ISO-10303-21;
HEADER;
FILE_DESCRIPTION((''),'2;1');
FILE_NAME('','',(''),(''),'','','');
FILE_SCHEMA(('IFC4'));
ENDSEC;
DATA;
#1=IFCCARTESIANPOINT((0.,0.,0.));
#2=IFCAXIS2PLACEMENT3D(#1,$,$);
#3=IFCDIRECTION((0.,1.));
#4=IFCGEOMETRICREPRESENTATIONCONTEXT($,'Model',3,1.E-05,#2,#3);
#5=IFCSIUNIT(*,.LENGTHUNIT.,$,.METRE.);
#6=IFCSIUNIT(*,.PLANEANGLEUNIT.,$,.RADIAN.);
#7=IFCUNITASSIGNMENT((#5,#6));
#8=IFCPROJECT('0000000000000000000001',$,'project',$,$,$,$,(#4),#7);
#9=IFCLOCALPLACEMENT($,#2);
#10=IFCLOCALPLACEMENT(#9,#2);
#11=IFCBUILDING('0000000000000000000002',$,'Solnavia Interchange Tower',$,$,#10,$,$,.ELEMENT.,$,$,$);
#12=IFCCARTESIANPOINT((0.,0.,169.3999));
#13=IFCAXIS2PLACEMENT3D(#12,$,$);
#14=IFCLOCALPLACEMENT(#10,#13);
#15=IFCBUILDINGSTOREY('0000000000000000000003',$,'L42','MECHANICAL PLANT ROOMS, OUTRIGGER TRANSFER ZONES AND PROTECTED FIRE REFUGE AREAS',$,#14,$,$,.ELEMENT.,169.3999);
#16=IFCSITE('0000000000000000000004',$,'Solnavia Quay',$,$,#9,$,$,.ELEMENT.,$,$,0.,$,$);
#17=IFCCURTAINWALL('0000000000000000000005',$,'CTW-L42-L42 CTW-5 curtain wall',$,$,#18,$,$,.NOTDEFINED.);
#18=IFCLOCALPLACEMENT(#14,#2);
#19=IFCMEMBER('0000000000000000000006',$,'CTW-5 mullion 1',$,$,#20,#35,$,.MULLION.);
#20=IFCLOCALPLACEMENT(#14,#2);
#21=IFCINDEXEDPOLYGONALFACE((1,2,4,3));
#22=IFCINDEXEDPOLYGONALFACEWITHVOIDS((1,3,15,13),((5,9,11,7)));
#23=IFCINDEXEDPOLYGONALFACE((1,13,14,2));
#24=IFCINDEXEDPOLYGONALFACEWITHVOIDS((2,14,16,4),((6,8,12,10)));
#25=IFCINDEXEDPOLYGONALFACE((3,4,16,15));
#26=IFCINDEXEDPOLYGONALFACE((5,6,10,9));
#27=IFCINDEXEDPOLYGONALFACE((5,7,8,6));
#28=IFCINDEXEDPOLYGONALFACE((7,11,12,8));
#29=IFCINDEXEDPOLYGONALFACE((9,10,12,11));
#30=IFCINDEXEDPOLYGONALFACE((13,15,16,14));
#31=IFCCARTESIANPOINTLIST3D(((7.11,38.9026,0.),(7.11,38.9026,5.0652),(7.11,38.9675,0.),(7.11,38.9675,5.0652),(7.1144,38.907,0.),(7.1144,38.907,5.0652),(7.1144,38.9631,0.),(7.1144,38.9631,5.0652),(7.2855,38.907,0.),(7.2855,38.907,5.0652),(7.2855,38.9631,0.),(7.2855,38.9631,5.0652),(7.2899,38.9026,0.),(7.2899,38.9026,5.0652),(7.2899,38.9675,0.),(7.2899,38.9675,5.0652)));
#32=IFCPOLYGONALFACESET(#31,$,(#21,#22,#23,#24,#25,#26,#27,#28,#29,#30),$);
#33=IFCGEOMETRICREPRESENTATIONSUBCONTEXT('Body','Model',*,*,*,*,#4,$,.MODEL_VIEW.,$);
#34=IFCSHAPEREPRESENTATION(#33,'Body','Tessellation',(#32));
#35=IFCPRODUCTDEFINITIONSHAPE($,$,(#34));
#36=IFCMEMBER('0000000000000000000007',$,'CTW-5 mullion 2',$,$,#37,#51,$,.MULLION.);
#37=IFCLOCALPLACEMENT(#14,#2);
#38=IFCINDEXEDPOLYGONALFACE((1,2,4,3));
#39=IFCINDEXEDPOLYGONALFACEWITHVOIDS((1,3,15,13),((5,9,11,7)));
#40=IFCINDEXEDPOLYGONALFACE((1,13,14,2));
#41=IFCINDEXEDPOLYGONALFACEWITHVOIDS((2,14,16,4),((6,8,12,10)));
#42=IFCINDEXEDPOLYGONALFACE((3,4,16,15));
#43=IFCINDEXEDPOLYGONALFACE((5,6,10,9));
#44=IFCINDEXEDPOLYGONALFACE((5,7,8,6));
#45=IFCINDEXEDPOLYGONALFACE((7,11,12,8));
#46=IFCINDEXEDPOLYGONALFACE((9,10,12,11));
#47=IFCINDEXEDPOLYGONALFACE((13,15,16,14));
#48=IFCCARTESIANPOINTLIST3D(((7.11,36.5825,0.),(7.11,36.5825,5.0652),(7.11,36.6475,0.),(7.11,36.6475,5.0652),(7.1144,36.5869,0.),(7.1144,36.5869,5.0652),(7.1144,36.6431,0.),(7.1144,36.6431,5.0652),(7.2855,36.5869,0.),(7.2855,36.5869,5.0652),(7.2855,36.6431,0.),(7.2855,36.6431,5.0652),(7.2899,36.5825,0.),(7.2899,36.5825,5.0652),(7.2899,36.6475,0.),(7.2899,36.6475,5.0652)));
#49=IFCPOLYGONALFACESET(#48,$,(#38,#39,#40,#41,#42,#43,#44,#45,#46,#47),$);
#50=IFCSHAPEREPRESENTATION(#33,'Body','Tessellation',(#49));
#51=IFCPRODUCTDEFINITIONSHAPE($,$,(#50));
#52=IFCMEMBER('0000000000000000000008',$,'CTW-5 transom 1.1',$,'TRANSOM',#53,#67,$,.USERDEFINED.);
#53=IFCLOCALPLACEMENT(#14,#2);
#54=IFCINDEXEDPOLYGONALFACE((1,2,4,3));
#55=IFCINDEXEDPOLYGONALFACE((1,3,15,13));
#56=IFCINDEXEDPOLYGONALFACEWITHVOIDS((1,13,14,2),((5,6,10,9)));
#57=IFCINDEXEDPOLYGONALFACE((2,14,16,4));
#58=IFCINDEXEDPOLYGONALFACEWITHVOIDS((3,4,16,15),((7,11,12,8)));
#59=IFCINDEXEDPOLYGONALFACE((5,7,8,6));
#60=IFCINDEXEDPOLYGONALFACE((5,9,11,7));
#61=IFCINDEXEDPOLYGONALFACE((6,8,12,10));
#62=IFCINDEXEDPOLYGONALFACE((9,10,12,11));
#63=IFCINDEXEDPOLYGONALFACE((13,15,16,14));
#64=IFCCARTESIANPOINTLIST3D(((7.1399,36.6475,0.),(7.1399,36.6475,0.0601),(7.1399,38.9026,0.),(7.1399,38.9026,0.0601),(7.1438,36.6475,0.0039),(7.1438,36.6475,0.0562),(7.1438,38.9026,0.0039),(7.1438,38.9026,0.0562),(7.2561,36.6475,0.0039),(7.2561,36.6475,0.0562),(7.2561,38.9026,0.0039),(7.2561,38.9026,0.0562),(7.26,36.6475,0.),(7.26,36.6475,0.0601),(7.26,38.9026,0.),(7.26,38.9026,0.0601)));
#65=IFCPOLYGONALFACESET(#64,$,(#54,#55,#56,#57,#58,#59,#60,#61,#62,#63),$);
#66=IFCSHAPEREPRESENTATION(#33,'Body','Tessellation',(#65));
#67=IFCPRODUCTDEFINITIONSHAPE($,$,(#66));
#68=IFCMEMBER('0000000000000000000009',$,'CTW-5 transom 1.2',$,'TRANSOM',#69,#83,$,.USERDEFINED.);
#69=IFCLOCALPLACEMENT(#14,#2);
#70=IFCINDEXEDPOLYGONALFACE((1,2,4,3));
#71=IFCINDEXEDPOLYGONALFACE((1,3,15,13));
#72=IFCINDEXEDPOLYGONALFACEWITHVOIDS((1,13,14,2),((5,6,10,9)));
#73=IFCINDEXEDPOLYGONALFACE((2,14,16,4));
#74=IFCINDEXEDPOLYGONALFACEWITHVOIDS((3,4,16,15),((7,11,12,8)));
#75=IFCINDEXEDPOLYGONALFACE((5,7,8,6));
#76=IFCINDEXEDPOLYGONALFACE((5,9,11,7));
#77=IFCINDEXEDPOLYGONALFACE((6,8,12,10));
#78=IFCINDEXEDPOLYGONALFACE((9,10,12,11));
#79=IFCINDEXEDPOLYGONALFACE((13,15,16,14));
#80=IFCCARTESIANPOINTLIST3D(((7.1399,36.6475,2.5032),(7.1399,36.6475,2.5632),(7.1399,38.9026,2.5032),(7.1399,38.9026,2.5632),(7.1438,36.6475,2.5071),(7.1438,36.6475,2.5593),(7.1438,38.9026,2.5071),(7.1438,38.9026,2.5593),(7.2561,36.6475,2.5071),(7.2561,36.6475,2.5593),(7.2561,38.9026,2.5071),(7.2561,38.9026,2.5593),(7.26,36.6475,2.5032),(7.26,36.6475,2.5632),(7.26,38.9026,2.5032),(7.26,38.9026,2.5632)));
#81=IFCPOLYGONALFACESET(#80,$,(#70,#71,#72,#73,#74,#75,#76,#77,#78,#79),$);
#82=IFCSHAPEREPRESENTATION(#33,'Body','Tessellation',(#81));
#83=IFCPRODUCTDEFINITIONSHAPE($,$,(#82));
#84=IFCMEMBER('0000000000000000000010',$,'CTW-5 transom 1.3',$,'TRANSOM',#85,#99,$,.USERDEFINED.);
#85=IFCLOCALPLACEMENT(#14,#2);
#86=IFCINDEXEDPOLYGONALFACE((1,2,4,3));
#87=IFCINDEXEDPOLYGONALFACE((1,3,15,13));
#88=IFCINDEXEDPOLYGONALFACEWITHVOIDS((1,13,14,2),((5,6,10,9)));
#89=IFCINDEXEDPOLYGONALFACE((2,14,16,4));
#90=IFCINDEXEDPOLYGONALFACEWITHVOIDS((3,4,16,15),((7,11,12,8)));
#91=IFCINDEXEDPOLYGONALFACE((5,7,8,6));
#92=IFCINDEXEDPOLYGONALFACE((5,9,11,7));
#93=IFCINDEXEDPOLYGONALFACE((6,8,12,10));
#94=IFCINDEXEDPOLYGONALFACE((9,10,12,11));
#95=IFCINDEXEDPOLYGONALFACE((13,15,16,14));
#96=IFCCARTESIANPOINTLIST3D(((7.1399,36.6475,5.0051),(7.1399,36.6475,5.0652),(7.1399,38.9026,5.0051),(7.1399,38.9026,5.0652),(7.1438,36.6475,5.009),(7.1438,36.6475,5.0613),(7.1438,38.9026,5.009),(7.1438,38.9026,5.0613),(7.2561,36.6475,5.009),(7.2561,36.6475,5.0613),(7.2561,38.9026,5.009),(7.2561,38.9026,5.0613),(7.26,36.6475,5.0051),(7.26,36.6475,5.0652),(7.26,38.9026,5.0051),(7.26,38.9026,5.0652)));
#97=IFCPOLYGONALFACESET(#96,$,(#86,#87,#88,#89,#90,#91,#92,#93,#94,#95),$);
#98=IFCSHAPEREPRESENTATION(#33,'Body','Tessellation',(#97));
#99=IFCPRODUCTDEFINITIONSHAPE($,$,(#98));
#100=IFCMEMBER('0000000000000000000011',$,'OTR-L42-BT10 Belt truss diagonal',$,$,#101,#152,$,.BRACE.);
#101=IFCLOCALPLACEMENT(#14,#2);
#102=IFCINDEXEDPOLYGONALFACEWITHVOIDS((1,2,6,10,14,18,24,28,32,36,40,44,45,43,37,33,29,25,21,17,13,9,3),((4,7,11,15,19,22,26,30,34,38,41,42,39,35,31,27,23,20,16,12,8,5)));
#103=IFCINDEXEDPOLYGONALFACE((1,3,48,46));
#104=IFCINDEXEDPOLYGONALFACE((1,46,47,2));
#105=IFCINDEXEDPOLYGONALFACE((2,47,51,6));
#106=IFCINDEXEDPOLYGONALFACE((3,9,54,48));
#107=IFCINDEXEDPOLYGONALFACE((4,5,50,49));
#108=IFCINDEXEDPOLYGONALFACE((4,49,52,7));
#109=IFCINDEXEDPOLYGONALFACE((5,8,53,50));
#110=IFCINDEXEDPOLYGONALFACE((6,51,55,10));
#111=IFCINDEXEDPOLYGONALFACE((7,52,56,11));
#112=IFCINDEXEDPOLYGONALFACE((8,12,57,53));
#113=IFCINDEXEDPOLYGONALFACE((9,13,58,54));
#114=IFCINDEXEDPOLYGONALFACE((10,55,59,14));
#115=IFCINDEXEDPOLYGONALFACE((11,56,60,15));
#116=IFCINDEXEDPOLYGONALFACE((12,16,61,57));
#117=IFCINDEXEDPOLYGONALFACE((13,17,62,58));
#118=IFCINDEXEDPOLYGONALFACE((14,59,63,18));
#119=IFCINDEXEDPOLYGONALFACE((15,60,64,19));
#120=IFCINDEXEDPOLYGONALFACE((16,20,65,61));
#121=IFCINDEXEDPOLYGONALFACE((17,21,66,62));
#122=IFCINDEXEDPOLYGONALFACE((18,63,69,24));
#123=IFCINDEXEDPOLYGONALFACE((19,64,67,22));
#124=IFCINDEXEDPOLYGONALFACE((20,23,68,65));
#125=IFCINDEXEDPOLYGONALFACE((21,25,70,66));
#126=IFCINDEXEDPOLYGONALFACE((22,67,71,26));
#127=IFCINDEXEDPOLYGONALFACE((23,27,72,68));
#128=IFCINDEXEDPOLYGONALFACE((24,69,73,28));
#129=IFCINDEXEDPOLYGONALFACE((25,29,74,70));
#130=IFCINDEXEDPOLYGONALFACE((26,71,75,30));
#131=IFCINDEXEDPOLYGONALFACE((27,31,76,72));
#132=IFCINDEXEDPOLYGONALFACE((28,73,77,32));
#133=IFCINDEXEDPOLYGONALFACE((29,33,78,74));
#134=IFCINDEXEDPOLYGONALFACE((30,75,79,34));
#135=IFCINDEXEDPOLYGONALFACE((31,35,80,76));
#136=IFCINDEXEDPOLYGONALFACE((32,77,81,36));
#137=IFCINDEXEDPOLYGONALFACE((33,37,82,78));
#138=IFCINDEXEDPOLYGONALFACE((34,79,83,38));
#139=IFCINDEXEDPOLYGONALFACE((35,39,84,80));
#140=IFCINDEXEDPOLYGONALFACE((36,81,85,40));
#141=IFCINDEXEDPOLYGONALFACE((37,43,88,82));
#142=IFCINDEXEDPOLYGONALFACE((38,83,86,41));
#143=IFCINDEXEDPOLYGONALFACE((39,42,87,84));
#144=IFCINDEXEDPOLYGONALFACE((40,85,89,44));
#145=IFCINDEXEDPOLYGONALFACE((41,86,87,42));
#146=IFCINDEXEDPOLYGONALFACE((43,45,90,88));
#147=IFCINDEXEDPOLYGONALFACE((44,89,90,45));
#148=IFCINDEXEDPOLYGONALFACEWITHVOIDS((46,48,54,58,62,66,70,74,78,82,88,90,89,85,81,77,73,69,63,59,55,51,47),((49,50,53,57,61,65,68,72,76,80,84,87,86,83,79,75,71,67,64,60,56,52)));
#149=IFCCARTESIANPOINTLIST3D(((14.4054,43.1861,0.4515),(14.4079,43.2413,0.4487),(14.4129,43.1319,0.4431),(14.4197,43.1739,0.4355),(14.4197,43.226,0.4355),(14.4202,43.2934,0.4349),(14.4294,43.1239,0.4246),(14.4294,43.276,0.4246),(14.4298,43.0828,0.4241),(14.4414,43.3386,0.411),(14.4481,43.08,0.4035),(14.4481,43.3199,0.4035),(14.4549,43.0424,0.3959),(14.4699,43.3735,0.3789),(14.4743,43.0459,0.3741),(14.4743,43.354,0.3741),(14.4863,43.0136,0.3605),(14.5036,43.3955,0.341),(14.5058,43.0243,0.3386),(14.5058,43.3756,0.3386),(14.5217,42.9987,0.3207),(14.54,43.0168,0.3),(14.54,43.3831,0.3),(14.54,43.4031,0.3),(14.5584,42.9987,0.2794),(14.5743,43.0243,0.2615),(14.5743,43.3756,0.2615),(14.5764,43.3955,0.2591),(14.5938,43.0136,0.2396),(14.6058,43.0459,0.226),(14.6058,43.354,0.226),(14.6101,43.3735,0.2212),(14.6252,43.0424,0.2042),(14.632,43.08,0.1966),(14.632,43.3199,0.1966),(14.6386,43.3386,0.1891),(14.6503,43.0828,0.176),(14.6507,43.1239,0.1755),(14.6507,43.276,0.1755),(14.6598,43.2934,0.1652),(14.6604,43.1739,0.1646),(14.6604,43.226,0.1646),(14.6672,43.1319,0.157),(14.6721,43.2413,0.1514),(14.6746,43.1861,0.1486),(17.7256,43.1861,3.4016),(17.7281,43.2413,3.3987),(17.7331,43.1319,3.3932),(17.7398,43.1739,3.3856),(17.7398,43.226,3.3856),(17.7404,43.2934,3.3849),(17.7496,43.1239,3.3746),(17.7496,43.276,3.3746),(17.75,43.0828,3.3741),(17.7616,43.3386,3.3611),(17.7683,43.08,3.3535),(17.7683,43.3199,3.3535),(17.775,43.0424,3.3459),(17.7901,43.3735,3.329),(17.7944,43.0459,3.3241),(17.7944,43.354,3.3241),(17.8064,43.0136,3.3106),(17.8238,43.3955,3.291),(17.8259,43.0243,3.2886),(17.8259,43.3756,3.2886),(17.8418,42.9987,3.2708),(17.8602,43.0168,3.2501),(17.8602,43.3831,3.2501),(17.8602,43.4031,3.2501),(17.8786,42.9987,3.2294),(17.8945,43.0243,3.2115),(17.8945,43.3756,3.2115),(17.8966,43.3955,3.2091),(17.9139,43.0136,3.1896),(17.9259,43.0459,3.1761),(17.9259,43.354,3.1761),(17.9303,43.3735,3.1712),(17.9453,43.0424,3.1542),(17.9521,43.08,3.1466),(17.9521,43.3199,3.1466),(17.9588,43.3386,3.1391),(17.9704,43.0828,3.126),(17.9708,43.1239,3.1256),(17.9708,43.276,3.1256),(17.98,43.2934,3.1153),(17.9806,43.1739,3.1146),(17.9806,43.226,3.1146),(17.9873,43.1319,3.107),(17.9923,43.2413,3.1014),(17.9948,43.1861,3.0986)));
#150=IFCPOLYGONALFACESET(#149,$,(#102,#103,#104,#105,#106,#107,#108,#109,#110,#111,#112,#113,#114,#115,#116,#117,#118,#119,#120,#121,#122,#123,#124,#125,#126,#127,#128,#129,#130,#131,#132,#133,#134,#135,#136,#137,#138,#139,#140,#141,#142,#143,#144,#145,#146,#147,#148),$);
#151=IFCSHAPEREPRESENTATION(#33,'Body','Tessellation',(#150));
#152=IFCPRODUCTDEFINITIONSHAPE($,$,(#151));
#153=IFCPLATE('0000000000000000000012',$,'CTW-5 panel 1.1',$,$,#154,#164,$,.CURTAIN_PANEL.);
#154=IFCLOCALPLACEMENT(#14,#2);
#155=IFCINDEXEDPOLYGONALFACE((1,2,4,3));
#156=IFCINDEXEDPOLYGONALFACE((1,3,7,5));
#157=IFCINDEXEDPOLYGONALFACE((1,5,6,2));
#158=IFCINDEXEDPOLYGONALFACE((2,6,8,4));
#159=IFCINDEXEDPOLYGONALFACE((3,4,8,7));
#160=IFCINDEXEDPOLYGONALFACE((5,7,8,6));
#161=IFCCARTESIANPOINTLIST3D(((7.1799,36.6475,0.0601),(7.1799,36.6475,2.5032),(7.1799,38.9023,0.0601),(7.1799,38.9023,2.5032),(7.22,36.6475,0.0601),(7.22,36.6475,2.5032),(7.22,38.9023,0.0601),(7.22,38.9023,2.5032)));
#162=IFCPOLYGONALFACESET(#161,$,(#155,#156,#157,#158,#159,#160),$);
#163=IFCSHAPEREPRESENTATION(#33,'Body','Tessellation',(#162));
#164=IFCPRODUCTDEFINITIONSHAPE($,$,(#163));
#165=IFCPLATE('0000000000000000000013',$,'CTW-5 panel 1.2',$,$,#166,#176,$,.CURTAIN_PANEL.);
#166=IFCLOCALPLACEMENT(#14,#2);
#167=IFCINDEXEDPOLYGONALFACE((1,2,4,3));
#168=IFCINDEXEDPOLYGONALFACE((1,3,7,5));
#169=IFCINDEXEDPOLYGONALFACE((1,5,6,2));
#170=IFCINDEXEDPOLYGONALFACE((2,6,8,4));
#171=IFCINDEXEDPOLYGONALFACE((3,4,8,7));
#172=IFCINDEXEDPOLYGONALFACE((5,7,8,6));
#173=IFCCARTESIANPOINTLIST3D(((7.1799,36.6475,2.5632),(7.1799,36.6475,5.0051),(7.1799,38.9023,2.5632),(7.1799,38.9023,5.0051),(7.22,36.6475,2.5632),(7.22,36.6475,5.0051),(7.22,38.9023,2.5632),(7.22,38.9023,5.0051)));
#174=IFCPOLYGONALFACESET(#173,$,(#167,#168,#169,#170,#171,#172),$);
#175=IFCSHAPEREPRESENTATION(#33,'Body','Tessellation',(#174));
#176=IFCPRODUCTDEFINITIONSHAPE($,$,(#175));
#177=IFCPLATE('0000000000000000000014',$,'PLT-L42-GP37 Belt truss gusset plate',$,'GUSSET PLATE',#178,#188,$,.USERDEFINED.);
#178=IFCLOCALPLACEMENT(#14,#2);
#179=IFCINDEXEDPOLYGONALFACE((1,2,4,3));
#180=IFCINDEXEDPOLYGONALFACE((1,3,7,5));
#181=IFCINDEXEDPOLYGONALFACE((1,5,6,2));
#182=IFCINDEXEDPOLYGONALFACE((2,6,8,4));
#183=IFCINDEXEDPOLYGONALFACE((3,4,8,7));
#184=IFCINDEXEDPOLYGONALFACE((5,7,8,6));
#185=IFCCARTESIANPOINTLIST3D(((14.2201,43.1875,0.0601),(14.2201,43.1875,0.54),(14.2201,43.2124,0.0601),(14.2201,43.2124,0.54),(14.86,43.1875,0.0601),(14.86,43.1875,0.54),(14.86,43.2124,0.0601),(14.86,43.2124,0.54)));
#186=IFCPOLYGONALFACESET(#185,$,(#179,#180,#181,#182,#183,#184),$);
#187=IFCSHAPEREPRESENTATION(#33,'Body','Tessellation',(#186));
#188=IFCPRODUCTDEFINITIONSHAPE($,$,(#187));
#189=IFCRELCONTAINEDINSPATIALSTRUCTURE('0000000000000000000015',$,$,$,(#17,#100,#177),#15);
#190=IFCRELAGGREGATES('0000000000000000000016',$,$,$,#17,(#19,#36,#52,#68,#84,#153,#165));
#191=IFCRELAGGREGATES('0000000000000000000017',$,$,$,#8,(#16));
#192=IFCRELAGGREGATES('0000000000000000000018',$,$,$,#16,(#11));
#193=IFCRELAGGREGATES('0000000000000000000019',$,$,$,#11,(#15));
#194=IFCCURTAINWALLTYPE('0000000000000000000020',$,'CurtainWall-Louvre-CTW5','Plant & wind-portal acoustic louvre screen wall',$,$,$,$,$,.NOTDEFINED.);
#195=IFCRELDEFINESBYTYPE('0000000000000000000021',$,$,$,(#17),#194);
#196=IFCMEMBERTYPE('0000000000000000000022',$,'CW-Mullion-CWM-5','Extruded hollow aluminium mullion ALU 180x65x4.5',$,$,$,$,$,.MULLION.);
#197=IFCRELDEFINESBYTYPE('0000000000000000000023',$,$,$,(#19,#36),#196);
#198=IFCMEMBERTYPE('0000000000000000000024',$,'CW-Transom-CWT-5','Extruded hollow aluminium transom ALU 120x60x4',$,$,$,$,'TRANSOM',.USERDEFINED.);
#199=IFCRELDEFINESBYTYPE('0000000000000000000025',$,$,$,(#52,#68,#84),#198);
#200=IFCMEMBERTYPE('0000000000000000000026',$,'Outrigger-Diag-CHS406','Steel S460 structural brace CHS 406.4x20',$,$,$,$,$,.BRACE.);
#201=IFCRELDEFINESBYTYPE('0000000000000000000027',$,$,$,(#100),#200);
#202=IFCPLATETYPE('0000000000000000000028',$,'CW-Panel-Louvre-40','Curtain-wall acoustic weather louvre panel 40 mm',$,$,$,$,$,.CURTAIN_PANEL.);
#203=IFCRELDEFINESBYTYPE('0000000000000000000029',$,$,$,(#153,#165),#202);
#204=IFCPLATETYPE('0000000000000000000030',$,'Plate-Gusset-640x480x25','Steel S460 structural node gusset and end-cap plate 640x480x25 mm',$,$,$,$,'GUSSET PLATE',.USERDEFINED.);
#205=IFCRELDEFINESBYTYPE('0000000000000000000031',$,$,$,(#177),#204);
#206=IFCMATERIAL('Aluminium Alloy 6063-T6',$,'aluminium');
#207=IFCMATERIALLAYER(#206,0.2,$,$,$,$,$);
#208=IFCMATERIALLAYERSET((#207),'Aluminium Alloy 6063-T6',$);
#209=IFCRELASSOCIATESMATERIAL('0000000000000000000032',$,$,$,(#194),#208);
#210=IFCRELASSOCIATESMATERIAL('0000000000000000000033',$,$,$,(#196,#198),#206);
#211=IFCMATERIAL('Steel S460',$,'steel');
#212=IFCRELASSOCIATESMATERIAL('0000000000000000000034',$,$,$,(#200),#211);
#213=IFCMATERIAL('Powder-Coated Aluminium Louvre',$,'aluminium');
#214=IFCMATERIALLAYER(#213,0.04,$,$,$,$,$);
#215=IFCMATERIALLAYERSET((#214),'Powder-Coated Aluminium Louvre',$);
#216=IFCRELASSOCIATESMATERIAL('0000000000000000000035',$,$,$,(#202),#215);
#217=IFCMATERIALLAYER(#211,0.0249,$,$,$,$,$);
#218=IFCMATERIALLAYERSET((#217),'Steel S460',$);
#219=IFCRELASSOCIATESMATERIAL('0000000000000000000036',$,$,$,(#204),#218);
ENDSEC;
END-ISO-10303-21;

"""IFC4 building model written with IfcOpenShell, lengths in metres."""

from ifc_helpers import new_model, si_unit, direction, frame, origin, origin_2d, place, context, subcontext, project, spatial, rectangle, hollow_rectangle, hollow_circle, extrude, material, layer, layer_set, material_profile, profile_set, type_object, element, aggregate, save


model = new_model("IFC4")

# Units and contexts
model_context = context("Model", 3, precision=1e-05, world=origin(), true_north=direction((0.0, 1.0)))
body_context = subcontext(model_context, "Body", "Model", "MODEL_VIEW")
ifc_project = project(units=[si_unit("LENGTHUNIT", "METRE"), si_unit("PLANEANGLEUNIT", "RADIAN")], contexts=[model_context])

# Site, building, storey
site_placement = place(None, origin())
site = spatial("IfcSite", under=ifc_project, at=site_placement, Name="Solnavia Quay", CompositionType="ELEMENT", RefElevation=0.0)
building_placement = place(site_placement, origin())
building = spatial("IfcBuilding", under=site, at=building_placement, Name="Solnavia Interchange Tower", CompositionType="ELEMENT")
storey_placement = place(building_placement, frame((0.0, 0.0, 169.3999)))
storey = spatial("IfcBuildingStorey", under=building, at=storey_placement, Name="L42", Description="MECHANICAL PLANT ROOMS, OUTRIGGER TRANSFER ZONES AND PROTECTED FIRE REFUGE AREAS", CompositionType="ELEMENT", Elevation=169.3999)

# Shared definitions
ifc_material_1 = material(Name="Steel S460", Category="steel")

# Curtain wall, members
ifc_material_2 = material(Name="Aluminium Alloy 6063-T6", Category="aluminium")
ifc_layer_1 = layer(ifc_material_2, 0.2)
ifc_layer_set_1 = layer_set([ifc_layer_1], Name="Aluminium Alloy 6063-T6")
curtain_wall_type = type_object("IfcCurtainWallType", Name="CurtainWall-Louvre-CTW5", Description="Plant & wind-portal acoustic louvre screen wall", PredefinedType="NOTDEFINED", material=ifc_layer_set_1)
curtain_wall_placement = place(storey_placement, origin())
curtain_wall = element("IfcCurtainWall", 1, at=curtain_wall_placement, inside=storey, type_object=curtain_wall_type, Name="CTW-L42-L42 CTW-5 curtain wall", PredefinedType="NOTDEFINED")
ifc_material_profile_1 = material_profile(ifc_material_2, hollow_rectangle(XDim=0.0649, YDim=0.1799, WallThickness=0.0044, at=origin_2d()), Name="ALU 180x65x4.5")
ifc_profile_set_1 = profile_set([ifc_material_profile_1], Name="Aluminium Alloy 6063-T6")
member_type_1 = type_object("IfcMemberType", Name="CW-Mullion-CWM-5", Description="Extruded hollow aluminium mullion ALU 180x65x4.5", PredefinedType="MULLION", material=ifc_profile_set_1)
member_1_placement = place(storey_placement, frame((7.2, 38.9351, 0.0), z_axis=(0.0, 0.0, 1.0), x_axis=(0.0, -1.0, 0.0)))
member_1 = element("IfcMember", 2, at=member_1_placement, type_object=member_type_1, Name="CTW-5 mullion 1", PredefinedType="MULLION", context=body_context, shape_type="SweptSolid", body=[
    extrude(hollow_rectangle(XDim=0.0649, YDim=0.1799, WallThickness=0.0044, at=origin_2d()), origin(), (0.0, 0.0, 1.0), 5.0652),
])
member_2_placement = place(storey_placement, frame((7.2, 36.615, 0.0), z_axis=(0.0, 0.0, 1.0), x_axis=(0.0, -1.0, 0.0)))
member_2 = element("IfcMember", 3, at=member_2_placement, type_object=member_type_1, Name="CTW-5 mullion 2", PredefinedType="MULLION", context=body_context, shape_type="SweptSolid", body=[
    extrude(hollow_rectangle(XDim=0.0649, YDim=0.1799, WallThickness=0.0044, at=origin_2d()), origin(), (0.0, 0.0, 1.0), 5.0652),
])
ifc_material_profile_2 = material_profile(ifc_material_2, hollow_rectangle(XDim=0.0601, YDim=0.1201, WallThickness=0.0039, at=origin_2d()), Name="ALU 120x60x4")
ifc_profile_set_2 = profile_set([ifc_material_profile_2], Name="Aluminium Alloy 6063-T6")
member_type_2 = type_object("IfcMemberType", Name="CW-Transom-CWT-5", Description="Extruded hollow aluminium transom ALU 120x60x4", ElementType="TRANSOM", PredefinedType="USERDEFINED", material=ifc_profile_set_2)
member_3_placement = place(storey_placement, frame((7.2, 38.9026, 0.03), z_axis=(0.0, -1.0, 0.0), x_axis=(0.0, 0.0, 1.0)))
member_3 = element("IfcMember", 4, at=member_3_placement, type_object=member_type_2, Name="CTW-5 transom 1.1", ObjectType="TRANSOM", PredefinedType="USERDEFINED", context=body_context, shape_type="SweptSolid", body=[
    extrude(hollow_rectangle(XDim=0.0601, YDim=0.1201, WallThickness=0.0039, at=origin_2d()), origin(), (0.0, 0.0, 1.0), 2.2551),
])
member_4_placement = place(storey_placement, frame((7.2, 38.9026, 2.5332), z_axis=(0.0, -1.0, 0.0), x_axis=(0.0, 0.0, 1.0)))
member_4 = element("IfcMember", 5, at=member_4_placement, type_object=member_type_2, Name="CTW-5 transom 1.2", ObjectType="TRANSOM", PredefinedType="USERDEFINED", context=body_context, shape_type="SweptSolid", body=[
    extrude(hollow_rectangle(XDim=0.0601, YDim=0.1201, WallThickness=0.0039, at=origin_2d()), origin(), (0.0, 0.0, 1.0), 2.2551),
])
member_5_placement = place(storey_placement, frame((7.2, 38.9026, 5.0352), z_axis=(0.0, -1.0, 0.0), x_axis=(0.0, 0.0, 1.0)))
member_5 = element("IfcMember", 6, at=member_5_placement, type_object=member_type_2, Name="CTW-5 transom 1.3", ObjectType="TRANSOM", PredefinedType="USERDEFINED", context=body_context, shape_type="SweptSolid", body=[
    extrude(hollow_rectangle(XDim=0.0601, YDim=0.1201, WallThickness=0.0039, at=origin_2d()), origin(), (0.0, 0.0, 1.0), 2.2551),
])

# Member
ifc_material_profile_3 = material_profile(ifc_material_1, hollow_circle(Radius=0.2031, WallThickness=0.02, at=origin_2d()), Name="CHS 406.4x20")
ifc_profile_set_3 = profile_set([ifc_material_profile_3], Name="Steel S460")
member_type_3 = type_object("IfcMemberType", Name="Outrigger-Diag-CHS406", Description="Steel S460 structural brace CHS 406.4x20", PredefinedType="BRACE", material=ifc_profile_set_3)
member_6_placement = place(storey_placement, frame((14.54, 43.2, 0.3), z_axis=(0.747546, 0.0, 0.66421), x_axis=(0.0, 1.0, 0.0)))
element("IfcMember", 7, at=member_6_placement, inside=storey, type_object=member_type_3, Name="OTR-L42-BT10 Belt truss diagonal", PredefinedType="BRACE", context=body_context, shape_type="SweptSolid", body=[
    extrude(hollow_circle(Radius=0.2031, WallThickness=0.02, at=origin_2d()), origin(), (0.0, 0.0, 1.0), 4.4414),
])

# Plates
ifc_material_3 = material(Name="Powder-Coated Aluminium Louvre", Category="aluminium")
ifc_layer_2 = layer(ifc_material_3, 0.04)
ifc_layer_set_2 = layer_set([ifc_layer_2], Name="Powder-Coated Aluminium Louvre")
plate_type_1 = type_object("IfcPlateType", Name="CW-Panel-Louvre-40", Description="Curtain-wall acoustic weather louvre panel 40 mm", PredefinedType="CURTAIN_PANEL", material=ifc_layer_set_2)
plate_1_placement = place(storey_placement, frame((7.2, 37.7749, 0.0601), z_axis=(0.0, 0.0, 1.0), x_axis=(0.0, -1.0, 0.0)))
plate_1 = element("IfcPlate", 8, at=plate_1_placement, type_object=plate_type_1, Name="CTW-5 panel 1.1", PredefinedType="CURTAIN_PANEL", context=body_context, shape_type="SweptSolid", body=[
    extrude(rectangle(XDim=2.2549, YDim=0.04, at=origin_2d()), origin(), (0.0, 0.0, 1.0), 2.4431),
])
plate_2_placement = place(storey_placement, frame((7.2, 37.7749, 2.5632), z_axis=(0.0, 0.0, 1.0), x_axis=(0.0, -1.0, 0.0)))
plate_2 = element("IfcPlate", 9, at=plate_2_placement, type_object=plate_type_1, Name="CTW-5 panel 1.2", PredefinedType="CURTAIN_PANEL", context=body_context, shape_type="SweptSolid", body=[
    extrude(rectangle(XDim=2.2549, YDim=0.04, at=origin_2d()), origin(), (0.0, 0.0, 1.0), 2.4419),
])
aggregate(curtain_wall, [member_1, member_2, member_3, member_4, member_5, plate_1, plate_2])

# Plate
ifc_layer_3 = layer(ifc_material_1, 0.0249)
ifc_layer_set_3 = layer_set([ifc_layer_3], Name="Steel S460")
plate_type_2 = type_object("IfcPlateType", Name="Plate-Gusset-640x480x25", Description="Steel S460 structural node gusset and end-cap plate 640x480x25 mm", ElementType="GUSSET PLATE", PredefinedType="USERDEFINED", material=ifc_layer_set_3)
plate_3_placement = place(storey_placement, frame((14.54, 43.2, 0.0601), z_axis=(0.0, 0.0, 1.0), x_axis=(1.0, 0.0, 0.0)))
element("IfcPlate", 10, at=plate_3_placement, inside=storey, type_object=plate_type_2, Name="PLT-L42-GP37 Belt truss gusset plate", ObjectType="GUSSET PLATE", PredefinedType="USERDEFINED", context=body_context, shape_type="SweptSolid", body=[
    extrude(rectangle(XDim=0.6399, YDim=0.0249, at=origin_2d()), origin(), (0.0, 0.0, 1.0), 0.48),
])

save(model, "model.ifc")
